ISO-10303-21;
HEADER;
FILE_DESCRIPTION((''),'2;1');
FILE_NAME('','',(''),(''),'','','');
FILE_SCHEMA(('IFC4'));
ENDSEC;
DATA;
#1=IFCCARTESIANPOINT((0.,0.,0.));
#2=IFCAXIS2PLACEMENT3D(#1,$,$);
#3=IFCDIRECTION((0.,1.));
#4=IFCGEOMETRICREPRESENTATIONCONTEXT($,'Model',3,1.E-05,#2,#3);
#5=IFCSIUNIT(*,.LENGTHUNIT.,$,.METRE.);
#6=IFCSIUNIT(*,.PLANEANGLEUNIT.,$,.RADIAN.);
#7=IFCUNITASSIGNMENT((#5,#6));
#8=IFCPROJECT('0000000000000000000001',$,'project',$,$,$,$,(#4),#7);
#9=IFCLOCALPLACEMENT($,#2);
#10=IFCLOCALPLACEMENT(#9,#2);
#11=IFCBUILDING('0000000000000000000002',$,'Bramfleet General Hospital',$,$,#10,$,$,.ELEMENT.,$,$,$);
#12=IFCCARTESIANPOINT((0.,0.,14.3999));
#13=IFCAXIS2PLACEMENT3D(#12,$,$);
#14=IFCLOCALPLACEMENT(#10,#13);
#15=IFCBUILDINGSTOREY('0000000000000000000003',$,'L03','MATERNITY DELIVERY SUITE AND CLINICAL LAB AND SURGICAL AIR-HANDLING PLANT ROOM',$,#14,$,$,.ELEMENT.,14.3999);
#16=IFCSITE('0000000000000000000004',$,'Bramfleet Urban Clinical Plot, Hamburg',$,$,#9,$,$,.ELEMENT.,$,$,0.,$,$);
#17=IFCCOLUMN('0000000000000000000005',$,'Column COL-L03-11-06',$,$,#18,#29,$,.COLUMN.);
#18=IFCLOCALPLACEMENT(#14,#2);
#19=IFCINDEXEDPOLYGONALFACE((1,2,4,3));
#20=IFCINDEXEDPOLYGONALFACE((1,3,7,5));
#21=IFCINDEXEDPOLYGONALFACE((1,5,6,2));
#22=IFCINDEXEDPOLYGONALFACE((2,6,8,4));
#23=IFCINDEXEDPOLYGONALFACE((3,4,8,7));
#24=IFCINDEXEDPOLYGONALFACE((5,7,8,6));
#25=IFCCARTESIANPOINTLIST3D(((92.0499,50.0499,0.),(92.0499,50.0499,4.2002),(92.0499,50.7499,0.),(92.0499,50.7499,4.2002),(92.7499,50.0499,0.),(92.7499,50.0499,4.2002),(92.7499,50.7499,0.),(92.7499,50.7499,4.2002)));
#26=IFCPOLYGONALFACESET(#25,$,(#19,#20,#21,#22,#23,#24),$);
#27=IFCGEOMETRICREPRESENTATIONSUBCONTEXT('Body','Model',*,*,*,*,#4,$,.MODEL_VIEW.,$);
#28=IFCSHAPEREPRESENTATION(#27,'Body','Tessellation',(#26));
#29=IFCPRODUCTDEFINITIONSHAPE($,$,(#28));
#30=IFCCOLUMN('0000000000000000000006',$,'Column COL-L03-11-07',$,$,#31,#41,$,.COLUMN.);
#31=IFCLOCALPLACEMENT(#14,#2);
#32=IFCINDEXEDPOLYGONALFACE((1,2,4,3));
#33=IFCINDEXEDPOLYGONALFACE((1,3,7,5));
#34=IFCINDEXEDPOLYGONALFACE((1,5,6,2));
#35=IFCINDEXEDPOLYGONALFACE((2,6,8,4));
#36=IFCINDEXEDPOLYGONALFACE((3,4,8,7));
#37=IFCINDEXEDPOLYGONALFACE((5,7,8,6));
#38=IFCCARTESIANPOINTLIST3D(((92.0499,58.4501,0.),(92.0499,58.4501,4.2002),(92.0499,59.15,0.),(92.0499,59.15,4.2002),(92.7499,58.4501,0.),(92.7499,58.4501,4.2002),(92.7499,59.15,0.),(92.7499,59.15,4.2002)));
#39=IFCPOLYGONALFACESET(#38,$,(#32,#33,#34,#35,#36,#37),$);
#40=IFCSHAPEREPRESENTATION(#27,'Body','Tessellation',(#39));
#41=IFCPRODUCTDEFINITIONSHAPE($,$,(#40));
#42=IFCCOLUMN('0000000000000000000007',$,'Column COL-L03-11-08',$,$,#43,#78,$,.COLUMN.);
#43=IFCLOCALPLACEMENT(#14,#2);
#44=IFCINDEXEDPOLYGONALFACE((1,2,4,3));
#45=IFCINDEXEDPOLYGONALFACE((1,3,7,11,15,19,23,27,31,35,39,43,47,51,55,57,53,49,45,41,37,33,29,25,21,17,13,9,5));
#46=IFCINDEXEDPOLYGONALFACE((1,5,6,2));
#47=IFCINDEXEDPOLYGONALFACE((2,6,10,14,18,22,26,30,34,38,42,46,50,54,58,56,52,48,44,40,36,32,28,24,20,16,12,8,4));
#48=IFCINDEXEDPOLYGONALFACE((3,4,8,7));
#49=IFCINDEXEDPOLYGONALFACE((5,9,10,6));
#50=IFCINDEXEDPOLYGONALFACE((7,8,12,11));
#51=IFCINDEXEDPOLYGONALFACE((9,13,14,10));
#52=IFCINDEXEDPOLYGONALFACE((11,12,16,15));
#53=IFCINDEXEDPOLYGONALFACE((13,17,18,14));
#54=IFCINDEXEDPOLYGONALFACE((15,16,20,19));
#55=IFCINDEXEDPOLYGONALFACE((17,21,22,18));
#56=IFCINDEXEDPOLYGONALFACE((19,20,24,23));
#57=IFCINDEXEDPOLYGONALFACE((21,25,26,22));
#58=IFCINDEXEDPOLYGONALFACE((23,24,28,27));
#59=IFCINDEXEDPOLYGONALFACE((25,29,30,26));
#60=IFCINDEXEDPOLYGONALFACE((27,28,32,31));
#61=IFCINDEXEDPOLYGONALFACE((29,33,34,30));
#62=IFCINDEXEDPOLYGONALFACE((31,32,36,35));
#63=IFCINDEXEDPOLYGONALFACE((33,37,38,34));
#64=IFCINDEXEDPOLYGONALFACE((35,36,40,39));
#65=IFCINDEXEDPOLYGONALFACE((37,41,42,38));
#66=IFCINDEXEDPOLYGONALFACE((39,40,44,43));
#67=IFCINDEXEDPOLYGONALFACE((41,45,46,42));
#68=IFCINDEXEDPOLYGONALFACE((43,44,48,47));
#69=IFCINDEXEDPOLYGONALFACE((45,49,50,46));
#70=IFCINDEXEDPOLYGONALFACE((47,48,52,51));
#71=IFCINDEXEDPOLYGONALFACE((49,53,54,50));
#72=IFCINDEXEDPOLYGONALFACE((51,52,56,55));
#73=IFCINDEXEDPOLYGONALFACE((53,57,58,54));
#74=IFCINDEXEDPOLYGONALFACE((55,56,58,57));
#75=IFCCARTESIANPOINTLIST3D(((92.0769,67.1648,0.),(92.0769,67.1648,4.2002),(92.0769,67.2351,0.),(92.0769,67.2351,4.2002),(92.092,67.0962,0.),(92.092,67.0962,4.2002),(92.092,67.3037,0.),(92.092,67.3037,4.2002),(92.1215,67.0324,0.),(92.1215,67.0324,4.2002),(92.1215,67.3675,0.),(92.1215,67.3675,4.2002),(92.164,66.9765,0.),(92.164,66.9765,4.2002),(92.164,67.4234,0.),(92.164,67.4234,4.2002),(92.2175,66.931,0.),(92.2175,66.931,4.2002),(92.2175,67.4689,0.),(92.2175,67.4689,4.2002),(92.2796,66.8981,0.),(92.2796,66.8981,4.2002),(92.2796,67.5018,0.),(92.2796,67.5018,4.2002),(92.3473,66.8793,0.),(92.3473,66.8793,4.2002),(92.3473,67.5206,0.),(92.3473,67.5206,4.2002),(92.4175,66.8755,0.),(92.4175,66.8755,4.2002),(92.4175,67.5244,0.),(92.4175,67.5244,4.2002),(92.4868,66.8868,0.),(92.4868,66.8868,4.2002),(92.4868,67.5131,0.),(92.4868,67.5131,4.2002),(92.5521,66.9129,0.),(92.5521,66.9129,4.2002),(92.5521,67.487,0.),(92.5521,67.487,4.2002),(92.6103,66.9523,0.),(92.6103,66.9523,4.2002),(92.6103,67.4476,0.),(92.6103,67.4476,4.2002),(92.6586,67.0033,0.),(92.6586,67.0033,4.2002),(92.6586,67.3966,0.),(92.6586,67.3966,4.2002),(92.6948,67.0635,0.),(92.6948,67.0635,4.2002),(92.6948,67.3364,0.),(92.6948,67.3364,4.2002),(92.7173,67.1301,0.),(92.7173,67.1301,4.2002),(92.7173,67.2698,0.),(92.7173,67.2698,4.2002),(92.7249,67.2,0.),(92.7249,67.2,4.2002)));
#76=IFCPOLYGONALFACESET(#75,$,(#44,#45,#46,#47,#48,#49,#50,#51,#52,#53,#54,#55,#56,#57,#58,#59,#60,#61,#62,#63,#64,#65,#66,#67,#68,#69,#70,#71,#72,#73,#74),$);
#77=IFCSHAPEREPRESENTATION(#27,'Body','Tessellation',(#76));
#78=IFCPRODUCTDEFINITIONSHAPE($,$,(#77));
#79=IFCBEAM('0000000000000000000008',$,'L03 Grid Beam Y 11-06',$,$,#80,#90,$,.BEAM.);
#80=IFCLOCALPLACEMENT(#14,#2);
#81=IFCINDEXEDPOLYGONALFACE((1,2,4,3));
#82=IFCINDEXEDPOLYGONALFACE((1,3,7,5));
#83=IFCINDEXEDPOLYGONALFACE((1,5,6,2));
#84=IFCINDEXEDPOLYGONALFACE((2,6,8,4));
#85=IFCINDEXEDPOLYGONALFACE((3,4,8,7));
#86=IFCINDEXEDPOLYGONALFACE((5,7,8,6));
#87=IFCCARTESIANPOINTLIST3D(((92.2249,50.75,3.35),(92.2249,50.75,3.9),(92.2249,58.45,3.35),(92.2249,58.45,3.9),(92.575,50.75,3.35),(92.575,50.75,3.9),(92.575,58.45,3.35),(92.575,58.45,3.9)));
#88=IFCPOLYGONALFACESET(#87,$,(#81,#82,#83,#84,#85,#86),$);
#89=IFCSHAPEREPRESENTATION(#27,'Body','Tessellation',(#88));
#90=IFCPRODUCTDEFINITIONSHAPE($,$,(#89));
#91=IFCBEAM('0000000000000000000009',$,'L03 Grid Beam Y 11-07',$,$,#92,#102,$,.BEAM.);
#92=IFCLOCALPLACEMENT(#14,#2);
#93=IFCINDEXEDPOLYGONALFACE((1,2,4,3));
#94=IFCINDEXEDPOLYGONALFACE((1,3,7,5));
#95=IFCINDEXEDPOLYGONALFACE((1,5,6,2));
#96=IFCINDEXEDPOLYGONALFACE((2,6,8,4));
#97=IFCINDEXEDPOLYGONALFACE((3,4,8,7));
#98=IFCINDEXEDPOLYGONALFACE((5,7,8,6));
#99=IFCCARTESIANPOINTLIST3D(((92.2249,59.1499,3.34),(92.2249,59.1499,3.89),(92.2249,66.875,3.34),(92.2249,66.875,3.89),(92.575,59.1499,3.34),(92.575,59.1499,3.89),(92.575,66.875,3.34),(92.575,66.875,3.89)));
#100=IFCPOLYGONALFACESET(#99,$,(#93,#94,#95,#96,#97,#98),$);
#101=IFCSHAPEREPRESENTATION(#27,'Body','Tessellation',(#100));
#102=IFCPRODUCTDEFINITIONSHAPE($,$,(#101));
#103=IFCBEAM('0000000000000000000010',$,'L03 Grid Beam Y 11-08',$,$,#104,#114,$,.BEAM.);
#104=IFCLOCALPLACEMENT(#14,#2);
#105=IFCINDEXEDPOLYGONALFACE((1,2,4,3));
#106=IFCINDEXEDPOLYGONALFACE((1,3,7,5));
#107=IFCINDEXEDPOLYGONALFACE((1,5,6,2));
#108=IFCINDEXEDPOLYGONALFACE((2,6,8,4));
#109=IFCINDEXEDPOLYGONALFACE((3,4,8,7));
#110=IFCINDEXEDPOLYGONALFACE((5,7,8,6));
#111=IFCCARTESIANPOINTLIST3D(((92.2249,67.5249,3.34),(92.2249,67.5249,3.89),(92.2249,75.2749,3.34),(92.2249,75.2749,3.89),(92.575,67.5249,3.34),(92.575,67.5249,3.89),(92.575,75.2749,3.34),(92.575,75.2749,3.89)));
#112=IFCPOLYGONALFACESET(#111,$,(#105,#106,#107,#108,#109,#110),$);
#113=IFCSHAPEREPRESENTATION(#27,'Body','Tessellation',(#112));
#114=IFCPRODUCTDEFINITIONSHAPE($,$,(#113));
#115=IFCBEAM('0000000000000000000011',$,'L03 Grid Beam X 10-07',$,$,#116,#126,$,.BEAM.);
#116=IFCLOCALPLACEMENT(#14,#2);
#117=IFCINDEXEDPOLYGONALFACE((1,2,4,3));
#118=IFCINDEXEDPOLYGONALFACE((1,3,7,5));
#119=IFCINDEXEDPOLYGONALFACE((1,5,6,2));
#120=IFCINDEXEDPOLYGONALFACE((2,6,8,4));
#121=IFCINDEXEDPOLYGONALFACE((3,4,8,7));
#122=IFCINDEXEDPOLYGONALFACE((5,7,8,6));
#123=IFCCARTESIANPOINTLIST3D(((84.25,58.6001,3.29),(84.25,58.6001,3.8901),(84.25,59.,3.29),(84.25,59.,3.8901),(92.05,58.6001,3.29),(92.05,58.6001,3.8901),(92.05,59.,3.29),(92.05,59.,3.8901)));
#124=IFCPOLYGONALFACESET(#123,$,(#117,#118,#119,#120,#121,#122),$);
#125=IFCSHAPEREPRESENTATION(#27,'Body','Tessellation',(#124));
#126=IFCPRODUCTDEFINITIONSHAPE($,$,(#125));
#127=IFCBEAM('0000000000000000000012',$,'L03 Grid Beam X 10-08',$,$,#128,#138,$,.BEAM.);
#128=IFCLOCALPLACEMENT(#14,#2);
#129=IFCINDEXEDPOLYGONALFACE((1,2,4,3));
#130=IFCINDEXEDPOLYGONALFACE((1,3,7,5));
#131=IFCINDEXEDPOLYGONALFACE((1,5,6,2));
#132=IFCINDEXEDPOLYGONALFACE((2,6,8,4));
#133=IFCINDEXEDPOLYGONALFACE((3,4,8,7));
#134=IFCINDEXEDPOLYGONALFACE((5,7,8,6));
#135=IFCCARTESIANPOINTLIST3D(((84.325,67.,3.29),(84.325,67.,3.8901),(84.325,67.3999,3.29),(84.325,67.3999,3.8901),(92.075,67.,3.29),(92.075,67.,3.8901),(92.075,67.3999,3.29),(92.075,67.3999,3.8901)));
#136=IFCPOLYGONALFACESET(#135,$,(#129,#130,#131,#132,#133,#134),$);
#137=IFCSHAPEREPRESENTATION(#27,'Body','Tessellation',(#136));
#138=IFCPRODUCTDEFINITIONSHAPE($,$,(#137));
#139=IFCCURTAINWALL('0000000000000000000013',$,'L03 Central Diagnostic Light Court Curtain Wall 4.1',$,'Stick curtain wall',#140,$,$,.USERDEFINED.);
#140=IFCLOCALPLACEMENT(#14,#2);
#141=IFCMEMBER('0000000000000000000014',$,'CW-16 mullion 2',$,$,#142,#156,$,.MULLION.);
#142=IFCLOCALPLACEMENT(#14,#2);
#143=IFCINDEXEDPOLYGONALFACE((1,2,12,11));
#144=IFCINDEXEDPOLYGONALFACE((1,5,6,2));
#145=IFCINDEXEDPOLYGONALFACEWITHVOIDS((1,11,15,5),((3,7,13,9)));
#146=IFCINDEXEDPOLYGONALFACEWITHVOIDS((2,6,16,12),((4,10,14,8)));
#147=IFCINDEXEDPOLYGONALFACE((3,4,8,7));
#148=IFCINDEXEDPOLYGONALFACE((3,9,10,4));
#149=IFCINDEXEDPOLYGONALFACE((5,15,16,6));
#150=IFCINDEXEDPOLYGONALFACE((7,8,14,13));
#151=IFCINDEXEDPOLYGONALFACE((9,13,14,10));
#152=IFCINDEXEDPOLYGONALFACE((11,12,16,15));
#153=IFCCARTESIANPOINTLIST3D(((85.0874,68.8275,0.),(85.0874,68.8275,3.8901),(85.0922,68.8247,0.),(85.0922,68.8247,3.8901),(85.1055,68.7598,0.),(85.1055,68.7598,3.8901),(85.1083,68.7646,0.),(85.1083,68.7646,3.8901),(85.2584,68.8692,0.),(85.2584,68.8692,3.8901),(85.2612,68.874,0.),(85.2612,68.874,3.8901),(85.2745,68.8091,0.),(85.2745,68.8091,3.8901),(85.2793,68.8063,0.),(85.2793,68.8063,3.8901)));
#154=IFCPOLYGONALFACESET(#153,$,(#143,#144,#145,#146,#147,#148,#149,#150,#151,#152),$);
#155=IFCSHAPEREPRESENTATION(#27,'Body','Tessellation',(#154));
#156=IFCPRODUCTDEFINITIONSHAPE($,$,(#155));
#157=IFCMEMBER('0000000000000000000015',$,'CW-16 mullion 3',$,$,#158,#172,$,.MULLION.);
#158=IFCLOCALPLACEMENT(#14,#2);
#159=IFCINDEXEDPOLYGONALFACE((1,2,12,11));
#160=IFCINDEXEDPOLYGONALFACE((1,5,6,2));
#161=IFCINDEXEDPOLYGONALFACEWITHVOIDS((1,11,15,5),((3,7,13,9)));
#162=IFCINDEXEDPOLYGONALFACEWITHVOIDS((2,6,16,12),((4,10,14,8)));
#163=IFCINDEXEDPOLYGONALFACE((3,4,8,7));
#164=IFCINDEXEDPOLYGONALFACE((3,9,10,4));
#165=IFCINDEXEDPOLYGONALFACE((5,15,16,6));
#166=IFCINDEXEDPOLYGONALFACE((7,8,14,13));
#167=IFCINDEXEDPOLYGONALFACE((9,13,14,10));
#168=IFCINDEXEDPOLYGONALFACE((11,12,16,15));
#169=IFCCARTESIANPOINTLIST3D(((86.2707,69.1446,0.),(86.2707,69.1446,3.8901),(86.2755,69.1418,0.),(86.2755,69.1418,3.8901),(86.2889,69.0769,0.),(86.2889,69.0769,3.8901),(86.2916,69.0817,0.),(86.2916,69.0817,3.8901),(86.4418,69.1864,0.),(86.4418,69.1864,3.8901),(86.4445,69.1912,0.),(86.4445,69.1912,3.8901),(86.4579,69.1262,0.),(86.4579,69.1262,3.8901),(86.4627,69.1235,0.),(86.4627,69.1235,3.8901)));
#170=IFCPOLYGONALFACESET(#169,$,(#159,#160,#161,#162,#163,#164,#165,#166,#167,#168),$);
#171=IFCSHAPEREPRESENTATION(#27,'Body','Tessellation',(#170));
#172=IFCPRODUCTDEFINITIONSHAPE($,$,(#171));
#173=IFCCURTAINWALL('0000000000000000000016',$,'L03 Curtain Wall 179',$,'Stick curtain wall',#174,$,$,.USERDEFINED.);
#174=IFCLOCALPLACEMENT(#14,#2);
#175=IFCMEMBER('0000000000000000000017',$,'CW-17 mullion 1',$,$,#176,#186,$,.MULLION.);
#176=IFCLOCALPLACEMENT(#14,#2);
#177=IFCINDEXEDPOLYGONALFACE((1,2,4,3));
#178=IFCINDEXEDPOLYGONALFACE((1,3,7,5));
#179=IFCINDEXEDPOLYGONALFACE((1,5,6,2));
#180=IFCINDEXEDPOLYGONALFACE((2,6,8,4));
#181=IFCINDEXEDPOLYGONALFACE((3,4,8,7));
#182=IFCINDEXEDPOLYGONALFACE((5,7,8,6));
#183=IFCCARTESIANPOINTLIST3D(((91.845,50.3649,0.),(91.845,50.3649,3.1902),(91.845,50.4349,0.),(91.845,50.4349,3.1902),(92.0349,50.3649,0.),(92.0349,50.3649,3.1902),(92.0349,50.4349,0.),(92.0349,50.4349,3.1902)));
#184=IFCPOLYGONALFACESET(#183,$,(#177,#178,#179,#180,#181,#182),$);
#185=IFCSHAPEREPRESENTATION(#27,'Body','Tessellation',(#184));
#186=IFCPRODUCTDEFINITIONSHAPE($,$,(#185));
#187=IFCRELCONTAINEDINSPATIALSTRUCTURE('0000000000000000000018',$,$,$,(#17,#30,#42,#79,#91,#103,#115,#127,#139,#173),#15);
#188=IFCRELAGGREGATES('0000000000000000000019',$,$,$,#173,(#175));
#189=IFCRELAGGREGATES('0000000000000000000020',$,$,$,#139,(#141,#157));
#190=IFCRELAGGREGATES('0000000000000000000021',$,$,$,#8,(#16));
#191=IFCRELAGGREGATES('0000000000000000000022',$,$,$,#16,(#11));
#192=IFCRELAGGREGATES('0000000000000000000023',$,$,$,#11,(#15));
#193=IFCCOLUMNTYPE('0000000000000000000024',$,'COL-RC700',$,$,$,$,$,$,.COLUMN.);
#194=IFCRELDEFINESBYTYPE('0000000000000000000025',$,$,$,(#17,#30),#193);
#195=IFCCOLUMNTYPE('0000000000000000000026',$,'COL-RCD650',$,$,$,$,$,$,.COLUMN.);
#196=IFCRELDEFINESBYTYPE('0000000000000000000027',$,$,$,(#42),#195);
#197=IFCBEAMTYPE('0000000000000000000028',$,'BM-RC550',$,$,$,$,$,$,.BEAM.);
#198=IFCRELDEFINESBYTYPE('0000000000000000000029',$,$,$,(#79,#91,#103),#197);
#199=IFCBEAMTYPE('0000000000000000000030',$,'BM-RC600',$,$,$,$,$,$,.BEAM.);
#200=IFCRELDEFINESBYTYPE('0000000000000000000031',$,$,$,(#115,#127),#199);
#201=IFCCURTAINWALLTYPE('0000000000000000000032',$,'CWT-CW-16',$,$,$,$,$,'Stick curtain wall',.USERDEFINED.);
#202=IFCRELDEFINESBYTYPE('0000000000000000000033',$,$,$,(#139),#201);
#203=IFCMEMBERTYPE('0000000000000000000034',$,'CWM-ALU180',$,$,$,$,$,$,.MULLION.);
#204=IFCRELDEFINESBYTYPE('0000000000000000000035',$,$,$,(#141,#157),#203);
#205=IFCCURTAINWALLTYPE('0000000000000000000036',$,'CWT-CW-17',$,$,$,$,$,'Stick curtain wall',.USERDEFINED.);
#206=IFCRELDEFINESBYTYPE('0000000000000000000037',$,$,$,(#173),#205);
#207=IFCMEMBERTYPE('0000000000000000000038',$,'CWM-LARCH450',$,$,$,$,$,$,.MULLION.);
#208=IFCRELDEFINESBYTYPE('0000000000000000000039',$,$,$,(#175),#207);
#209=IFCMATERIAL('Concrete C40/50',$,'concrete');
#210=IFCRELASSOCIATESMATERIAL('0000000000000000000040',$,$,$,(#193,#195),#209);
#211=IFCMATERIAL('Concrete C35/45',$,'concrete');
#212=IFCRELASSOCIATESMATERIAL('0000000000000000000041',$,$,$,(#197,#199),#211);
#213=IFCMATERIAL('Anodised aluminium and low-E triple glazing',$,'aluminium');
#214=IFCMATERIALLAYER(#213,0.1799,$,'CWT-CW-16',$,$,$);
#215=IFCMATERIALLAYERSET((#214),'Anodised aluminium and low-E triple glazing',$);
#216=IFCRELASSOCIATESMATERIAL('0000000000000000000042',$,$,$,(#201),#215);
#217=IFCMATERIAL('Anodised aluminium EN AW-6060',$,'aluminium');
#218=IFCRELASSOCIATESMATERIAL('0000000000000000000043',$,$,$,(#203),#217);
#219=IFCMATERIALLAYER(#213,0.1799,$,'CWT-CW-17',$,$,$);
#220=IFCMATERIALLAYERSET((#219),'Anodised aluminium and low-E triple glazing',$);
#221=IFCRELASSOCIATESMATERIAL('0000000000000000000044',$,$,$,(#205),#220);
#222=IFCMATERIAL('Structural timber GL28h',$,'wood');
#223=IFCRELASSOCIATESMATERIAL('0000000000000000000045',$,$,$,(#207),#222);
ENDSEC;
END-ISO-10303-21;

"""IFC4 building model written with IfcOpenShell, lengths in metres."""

from ifc_helpers import new_model, si_unit, direction, frame, origin, origin_2d, place, context, subcontext, project, spatial, rectangle, hollow_rectangle, circle, extrude, material, layer, layer_set, material_profile, profile_set, type_object, element, aggregate, save


model = new_model("IFC4")

# Units and contexts
model_context = context("Model", 3, precision=1e-05, world=origin(), true_north=direction((0.0, 1.0)))
body_context = subcontext(model_context, "Body", "Model", "MODEL_VIEW")
ifc_project = project(units=[si_unit("LENGTHUNIT", "METRE"), si_unit("PLANEANGLEUNIT", "RADIAN")], contexts=[model_context])

# Site, building, storey
site_placement = place(None, origin())
site = spatial("IfcSite", under=ifc_project, at=site_placement, Name="Bramfleet Urban Clinical Plot, Hamburg", CompositionType="ELEMENT", RefElevation=0.0)
building_placement = place(site_placement, origin())
building = spatial("IfcBuilding", under=site, at=building_placement, Name="Bramfleet General Hospital", CompositionType="ELEMENT")
storey_placement = place(building_placement, frame((0.0, 0.0, 14.3999)))
storey = spatial("IfcBuildingStorey", under=building, at=storey_placement, Name="L03", Description="MATERNITY DELIVERY SUITE AND CLINICAL LAB AND SURGICAL AIR-HANDLING PLANT ROOM", CompositionType="ELEMENT", Elevation=14.3999)

# Columns
ifc_material_1 = material(Name="Concrete C40/50", Category="concrete")
ifc_material_profile_1 = material_profile(ifc_material_1, rectangle(XDim=0.7, YDim=0.7, at=origin_2d()), Name="RC COL 700x700")
ifc_profile_set_1 = profile_set([ifc_material_profile_1], Name="Concrete C40/50")
column_type_1 = type_object("IfcColumnType", Name="COL-RC700", PredefinedType="COLUMN", material=ifc_profile_set_1)
for number, where, z_axis, x_axis, name in (
    (1, (92.3999, 50.3999, 0.0), (0.0, 0.0, 1.0), (1.0, 0.0, 0.0), "Column COL-L03-11-06"),
    (2, (92.3999, 58.8, 0.0), (0.0, 0.0, 1.0), (1.0, 0.0, 0.0), "Column COL-L03-11-07"),
):
    element("IfcColumn", number, at=place(storey_placement, frame(where, z_axis=z_axis, x_axis=x_axis)), inside=storey, type_object=column_type_1, Name=name, PredefinedType="COLUMN", context=body_context, shape_type="SweptSolid", body=[
        extrude(rectangle(XDim=0.7, YDim=0.7, at=origin_2d()), origin(), (0.0, 0.0, 1.0), 4.2002),
    ])
ifc_material_profile_2 = material_profile(ifc_material_1, circle(Radius=0.325, at=origin_2d()), Name="RC ROUND D650")
ifc_profile_set_2 = profile_set([ifc_material_profile_2], Name="Concrete C40/50")
column_type_2 = type_object("IfcColumnType", Name="COL-RCD650", PredefinedType="COLUMN", material=ifc_profile_set_2)
column_placement = place(storey_placement, frame((92.3999, 67.2, 0.0), z_axis=(0.0, 0.0, 1.0), x_axis=(1.0, 0.0, 0.0)))
element("IfcColumn", 3, at=column_placement, inside=storey, type_object=column_type_2, Name="Column COL-L03-11-08", PredefinedType="COLUMN", context=body_context, shape_type="SweptSolid", body=[
    extrude(circle(Radius=0.325, at=origin_2d()), origin(), (0.0, 0.0, 1.0), 4.2002),
])

# Beams
ifc_material_2 = material(Name="Concrete C35/45", Category="concrete")
ifc_material_profile_3 = material_profile(ifc_material_2, rectangle(XDim=0.3501, YDim=0.55, at=origin_2d()), Name="RC BM 550x350")
ifc_profile_set_3 = profile_set([ifc_material_profile_3], Name="Concrete C35/45")
beam_type_1 = type_object("IfcBeamType", Name="BM-RC550", PredefinedType="BEAM", material=ifc_profile_set_3)
beam_1_placement = place(storey_placement, frame((92.3999, 50.75, 3.625), z_axis=(0.0, 1.0, 0.0), x_axis=(-1.0, 0.0, 0.0)))
element("IfcBeam", 4, at=beam_1_placement, inside=storey, type_object=beam_type_1, Name="L03 Grid Beam Y 11-06", PredefinedType="BEAM", context=body_context, shape_type="SweptSolid", body=[
    extrude(rectangle(XDim=0.3501, YDim=0.55, at=origin_2d()), origin(), (0.0, 0.0, 1.0), 7.7),
])
beam_2_placement = place(storey_placement, frame((92.3999, 59.1499, 3.615), z_axis=(0.0, 1.0, 0.0), x_axis=(-1.0, 0.0, 0.0)))
element("IfcBeam", 5, at=beam_2_placement, inside=storey, type_object=beam_type_1, Name="L03 Grid Beam Y 11-07", PredefinedType="BEAM", context=body_context, shape_type="SweptSolid", body=[
    extrude(rectangle(XDim=0.3501, YDim=0.55, at=origin_2d()), origin(), (0.0, 0.0, 1.0), 7.7251),
])
beam_3_placement = place(storey_placement, frame((92.3999, 67.5249, 3.615), z_axis=(0.0, 1.0, 0.0), x_axis=(-1.0, 0.0, 0.0)))
element("IfcBeam", 6, at=beam_3_placement, inside=storey, type_object=beam_type_1, Name="L03 Grid Beam Y 11-08", PredefinedType="BEAM", context=body_context, shape_type="SweptSolid", body=[
    extrude(rectangle(XDim=0.3501, YDim=0.55, at=origin_2d()), origin(), (0.0, 0.0, 1.0), 7.75),
])
ifc_material_profile_4 = material_profile(ifc_material_2, rectangle(XDim=0.3999, YDim=0.6001, at=origin_2d()), Name="RC BM 600x400")
ifc_profile_set_4 = profile_set([ifc_material_profile_4], Name="Concrete C35/45")
beam_type_2 = type_object("IfcBeamType", Name="BM-RC600", PredefinedType="BEAM", material=ifc_profile_set_4)
beam_4_placement = place(storey_placement, frame((84.25, 58.8, 3.5901), z_axis=(1.0, 0.0, 0.0), x_axis=(0.0, 1.0, 0.0)))
element("IfcBeam", 7, at=beam_4_placement, inside=storey, type_object=beam_type_2, Name="L03 Grid Beam X 10-07", PredefinedType="BEAM", context=body_context, shape_type="SweptSolid", body=[
    extrude(rectangle(XDim=0.3999, YDim=0.6001, at=origin_2d()), origin(), (0.0, 0.0, 1.0), 7.8),
])
beam_5_placement = place(storey_placement, frame((84.325, 67.2, 3.5901), z_axis=(1.0, 0.0, 0.0), x_axis=(0.0, 1.0, 0.0)))
element("IfcBeam", 8, at=beam_5_placement, inside=storey, type_object=beam_type_2, Name="L03 Grid Beam X 10-08", PredefinedType="BEAM", context=body_context, shape_type="SweptSolid", body=[
    extrude(rectangle(XDim=0.3999, YDim=0.6001, at=origin_2d()), origin(), (0.0, 0.0, 1.0), 7.75),
])

# Curtain wall, members
ifc_material_3 = material(Name="Anodised aluminium and low-E triple glazing", Category="aluminium")
ifc_layer_1 = layer(ifc_material_3, 0.1799, Name="CWT-CW-16")
ifc_layer_set_1 = layer_set([ifc_layer_1], Name="Anodised aluminium and low-E triple glazing")
curtain_wall_type_1 = type_object("IfcCurtainWallType", Name="CWT-CW-16", ElementType="Stick curtain wall", PredefinedType="USERDEFINED", material=ifc_layer_set_1)
curtain_wall_1_placement = place(storey_placement, origin())
curtain_wall_1 = element("IfcCurtainWall", 9, at=curtain_wall_1_placement, inside=storey, type_object=curtain_wall_type_1, Name="L03 Central Diagnostic Light Court Curtain Wall 4.1", ObjectType="Stick curtain wall", PredefinedType="USERDEFINED")
ifc_material_4 = material(Name="Anodised aluminium EN AW-6060", Category="aluminium")
ifc_material_profile_5 = material_profile(ifc_material_4, hollow_rectangle(XDim=0.0701, YDim=0.1799, WallThickness=0.0039, at=origin_2d()), Name="ALU 180x70x4.0")
ifc_profile_set_5 = profile_set([ifc_material_profile_5], Name="Anodised aluminium EN AW-6060")
member_type_1 = type_object("IfcMemberType", Name="CWM-ALU180", PredefinedType="MULLION", material=ifc_profile_set_5)
member_1_placement = place(storey_placement, frame((85.1833, 68.8169, 0.0), z_axis=(0.0, 0.0, 1.0), x_axis=(-0.258763, 0.965941, 0.0)))
member_1 = element("IfcMember", 10, at=member_1_placement, type_object=member_type_1, Name="CW-16 mullion 2", PredefinedType="MULLION", context=body_context, shape_type="SweptSolid", body=[
    extrude(hollow_rectangle(XDim=0.0701, YDim=0.1799, WallThickness=0.0039, at=origin_2d()), origin(), (0.0, 0.0, 1.0), 3.8901),
])
member_2_placement = place(storey_placement, frame((86.3667, 69.134, 0.0), z_axis=(0.0, 0.0, 1.0), x_axis=(-0.258763, 0.965941, 0.0)))
member_2 = element("IfcMember", 11, at=member_2_placement, type_object=member_type_1, Name="CW-16 mullion 3", PredefinedType="MULLION", context=body_context, shape_type="SweptSolid", body=[
    extrude(hollow_rectangle(XDim=0.0701, YDim=0.1799, WallThickness=0.0039, at=origin_2d()), origin(), (0.0, 0.0, 1.0), 3.8901),
])

# Curtain wall, member
ifc_layer_2 = layer(ifc_material_3, 0.1799, Name="CWT-CW-17")
ifc_layer_set_2 = layer_set([ifc_layer_2], Name="Anodised aluminium and low-E triple glazing")
curtain_wall_type_2 = type_object("IfcCurtainWallType", Name="CWT-CW-17", ElementType="Stick curtain wall", PredefinedType="USERDEFINED", material=ifc_layer_set_2)
curtain_wall_2_placement = place(storey_placement, origin())
curtain_wall_2 = element("IfcCurtainWall", 12, at=curtain_wall_2_placement, inside=storey, type_object=curtain_wall_type_2, Name="L03 Curtain Wall 179", ObjectType="Stick curtain wall", PredefinedType="USERDEFINED")
ifc_material_5 = material(Name="Structural timber GL28h", Category="wood")
ifc_material_profile_6 = material_profile(ifc_material_5, rectangle(XDim=0.0701, YDim=0.1899, at=origin_2d()), Name="LARCH 190x70")
ifc_profile_set_6 = profile_set([ifc_material_profile_6], Name="Structural timber GL28h")
member_type_2 = type_object("IfcMemberType", Name="CWM-LARCH450", PredefinedType="MULLION", material=ifc_profile_set_6)
member_3_placement = place(storey_placement, frame((91.9399, 50.3999, 0.0), z_axis=(0.0, 0.0, 1.0), x_axis=(0.0, -1.0, 0.0)))
member_3 = element("IfcMember", 13, at=member_3_placement, type_object=member_type_2, Name="CW-17 mullion 1", PredefinedType="MULLION", context=body_context, shape_type="SweptSolid", body=[
    extrude(rectangle(XDim=0.0701, YDim=0.1899, at=origin_2d()), origin(), (0.0, 0.0, 1.0), 3.1902),
])

aggregate(curtain_wall_2, [member_3])

aggregate(curtain_wall_1, [member_1, member_2])

save(model, "model.ifc")
